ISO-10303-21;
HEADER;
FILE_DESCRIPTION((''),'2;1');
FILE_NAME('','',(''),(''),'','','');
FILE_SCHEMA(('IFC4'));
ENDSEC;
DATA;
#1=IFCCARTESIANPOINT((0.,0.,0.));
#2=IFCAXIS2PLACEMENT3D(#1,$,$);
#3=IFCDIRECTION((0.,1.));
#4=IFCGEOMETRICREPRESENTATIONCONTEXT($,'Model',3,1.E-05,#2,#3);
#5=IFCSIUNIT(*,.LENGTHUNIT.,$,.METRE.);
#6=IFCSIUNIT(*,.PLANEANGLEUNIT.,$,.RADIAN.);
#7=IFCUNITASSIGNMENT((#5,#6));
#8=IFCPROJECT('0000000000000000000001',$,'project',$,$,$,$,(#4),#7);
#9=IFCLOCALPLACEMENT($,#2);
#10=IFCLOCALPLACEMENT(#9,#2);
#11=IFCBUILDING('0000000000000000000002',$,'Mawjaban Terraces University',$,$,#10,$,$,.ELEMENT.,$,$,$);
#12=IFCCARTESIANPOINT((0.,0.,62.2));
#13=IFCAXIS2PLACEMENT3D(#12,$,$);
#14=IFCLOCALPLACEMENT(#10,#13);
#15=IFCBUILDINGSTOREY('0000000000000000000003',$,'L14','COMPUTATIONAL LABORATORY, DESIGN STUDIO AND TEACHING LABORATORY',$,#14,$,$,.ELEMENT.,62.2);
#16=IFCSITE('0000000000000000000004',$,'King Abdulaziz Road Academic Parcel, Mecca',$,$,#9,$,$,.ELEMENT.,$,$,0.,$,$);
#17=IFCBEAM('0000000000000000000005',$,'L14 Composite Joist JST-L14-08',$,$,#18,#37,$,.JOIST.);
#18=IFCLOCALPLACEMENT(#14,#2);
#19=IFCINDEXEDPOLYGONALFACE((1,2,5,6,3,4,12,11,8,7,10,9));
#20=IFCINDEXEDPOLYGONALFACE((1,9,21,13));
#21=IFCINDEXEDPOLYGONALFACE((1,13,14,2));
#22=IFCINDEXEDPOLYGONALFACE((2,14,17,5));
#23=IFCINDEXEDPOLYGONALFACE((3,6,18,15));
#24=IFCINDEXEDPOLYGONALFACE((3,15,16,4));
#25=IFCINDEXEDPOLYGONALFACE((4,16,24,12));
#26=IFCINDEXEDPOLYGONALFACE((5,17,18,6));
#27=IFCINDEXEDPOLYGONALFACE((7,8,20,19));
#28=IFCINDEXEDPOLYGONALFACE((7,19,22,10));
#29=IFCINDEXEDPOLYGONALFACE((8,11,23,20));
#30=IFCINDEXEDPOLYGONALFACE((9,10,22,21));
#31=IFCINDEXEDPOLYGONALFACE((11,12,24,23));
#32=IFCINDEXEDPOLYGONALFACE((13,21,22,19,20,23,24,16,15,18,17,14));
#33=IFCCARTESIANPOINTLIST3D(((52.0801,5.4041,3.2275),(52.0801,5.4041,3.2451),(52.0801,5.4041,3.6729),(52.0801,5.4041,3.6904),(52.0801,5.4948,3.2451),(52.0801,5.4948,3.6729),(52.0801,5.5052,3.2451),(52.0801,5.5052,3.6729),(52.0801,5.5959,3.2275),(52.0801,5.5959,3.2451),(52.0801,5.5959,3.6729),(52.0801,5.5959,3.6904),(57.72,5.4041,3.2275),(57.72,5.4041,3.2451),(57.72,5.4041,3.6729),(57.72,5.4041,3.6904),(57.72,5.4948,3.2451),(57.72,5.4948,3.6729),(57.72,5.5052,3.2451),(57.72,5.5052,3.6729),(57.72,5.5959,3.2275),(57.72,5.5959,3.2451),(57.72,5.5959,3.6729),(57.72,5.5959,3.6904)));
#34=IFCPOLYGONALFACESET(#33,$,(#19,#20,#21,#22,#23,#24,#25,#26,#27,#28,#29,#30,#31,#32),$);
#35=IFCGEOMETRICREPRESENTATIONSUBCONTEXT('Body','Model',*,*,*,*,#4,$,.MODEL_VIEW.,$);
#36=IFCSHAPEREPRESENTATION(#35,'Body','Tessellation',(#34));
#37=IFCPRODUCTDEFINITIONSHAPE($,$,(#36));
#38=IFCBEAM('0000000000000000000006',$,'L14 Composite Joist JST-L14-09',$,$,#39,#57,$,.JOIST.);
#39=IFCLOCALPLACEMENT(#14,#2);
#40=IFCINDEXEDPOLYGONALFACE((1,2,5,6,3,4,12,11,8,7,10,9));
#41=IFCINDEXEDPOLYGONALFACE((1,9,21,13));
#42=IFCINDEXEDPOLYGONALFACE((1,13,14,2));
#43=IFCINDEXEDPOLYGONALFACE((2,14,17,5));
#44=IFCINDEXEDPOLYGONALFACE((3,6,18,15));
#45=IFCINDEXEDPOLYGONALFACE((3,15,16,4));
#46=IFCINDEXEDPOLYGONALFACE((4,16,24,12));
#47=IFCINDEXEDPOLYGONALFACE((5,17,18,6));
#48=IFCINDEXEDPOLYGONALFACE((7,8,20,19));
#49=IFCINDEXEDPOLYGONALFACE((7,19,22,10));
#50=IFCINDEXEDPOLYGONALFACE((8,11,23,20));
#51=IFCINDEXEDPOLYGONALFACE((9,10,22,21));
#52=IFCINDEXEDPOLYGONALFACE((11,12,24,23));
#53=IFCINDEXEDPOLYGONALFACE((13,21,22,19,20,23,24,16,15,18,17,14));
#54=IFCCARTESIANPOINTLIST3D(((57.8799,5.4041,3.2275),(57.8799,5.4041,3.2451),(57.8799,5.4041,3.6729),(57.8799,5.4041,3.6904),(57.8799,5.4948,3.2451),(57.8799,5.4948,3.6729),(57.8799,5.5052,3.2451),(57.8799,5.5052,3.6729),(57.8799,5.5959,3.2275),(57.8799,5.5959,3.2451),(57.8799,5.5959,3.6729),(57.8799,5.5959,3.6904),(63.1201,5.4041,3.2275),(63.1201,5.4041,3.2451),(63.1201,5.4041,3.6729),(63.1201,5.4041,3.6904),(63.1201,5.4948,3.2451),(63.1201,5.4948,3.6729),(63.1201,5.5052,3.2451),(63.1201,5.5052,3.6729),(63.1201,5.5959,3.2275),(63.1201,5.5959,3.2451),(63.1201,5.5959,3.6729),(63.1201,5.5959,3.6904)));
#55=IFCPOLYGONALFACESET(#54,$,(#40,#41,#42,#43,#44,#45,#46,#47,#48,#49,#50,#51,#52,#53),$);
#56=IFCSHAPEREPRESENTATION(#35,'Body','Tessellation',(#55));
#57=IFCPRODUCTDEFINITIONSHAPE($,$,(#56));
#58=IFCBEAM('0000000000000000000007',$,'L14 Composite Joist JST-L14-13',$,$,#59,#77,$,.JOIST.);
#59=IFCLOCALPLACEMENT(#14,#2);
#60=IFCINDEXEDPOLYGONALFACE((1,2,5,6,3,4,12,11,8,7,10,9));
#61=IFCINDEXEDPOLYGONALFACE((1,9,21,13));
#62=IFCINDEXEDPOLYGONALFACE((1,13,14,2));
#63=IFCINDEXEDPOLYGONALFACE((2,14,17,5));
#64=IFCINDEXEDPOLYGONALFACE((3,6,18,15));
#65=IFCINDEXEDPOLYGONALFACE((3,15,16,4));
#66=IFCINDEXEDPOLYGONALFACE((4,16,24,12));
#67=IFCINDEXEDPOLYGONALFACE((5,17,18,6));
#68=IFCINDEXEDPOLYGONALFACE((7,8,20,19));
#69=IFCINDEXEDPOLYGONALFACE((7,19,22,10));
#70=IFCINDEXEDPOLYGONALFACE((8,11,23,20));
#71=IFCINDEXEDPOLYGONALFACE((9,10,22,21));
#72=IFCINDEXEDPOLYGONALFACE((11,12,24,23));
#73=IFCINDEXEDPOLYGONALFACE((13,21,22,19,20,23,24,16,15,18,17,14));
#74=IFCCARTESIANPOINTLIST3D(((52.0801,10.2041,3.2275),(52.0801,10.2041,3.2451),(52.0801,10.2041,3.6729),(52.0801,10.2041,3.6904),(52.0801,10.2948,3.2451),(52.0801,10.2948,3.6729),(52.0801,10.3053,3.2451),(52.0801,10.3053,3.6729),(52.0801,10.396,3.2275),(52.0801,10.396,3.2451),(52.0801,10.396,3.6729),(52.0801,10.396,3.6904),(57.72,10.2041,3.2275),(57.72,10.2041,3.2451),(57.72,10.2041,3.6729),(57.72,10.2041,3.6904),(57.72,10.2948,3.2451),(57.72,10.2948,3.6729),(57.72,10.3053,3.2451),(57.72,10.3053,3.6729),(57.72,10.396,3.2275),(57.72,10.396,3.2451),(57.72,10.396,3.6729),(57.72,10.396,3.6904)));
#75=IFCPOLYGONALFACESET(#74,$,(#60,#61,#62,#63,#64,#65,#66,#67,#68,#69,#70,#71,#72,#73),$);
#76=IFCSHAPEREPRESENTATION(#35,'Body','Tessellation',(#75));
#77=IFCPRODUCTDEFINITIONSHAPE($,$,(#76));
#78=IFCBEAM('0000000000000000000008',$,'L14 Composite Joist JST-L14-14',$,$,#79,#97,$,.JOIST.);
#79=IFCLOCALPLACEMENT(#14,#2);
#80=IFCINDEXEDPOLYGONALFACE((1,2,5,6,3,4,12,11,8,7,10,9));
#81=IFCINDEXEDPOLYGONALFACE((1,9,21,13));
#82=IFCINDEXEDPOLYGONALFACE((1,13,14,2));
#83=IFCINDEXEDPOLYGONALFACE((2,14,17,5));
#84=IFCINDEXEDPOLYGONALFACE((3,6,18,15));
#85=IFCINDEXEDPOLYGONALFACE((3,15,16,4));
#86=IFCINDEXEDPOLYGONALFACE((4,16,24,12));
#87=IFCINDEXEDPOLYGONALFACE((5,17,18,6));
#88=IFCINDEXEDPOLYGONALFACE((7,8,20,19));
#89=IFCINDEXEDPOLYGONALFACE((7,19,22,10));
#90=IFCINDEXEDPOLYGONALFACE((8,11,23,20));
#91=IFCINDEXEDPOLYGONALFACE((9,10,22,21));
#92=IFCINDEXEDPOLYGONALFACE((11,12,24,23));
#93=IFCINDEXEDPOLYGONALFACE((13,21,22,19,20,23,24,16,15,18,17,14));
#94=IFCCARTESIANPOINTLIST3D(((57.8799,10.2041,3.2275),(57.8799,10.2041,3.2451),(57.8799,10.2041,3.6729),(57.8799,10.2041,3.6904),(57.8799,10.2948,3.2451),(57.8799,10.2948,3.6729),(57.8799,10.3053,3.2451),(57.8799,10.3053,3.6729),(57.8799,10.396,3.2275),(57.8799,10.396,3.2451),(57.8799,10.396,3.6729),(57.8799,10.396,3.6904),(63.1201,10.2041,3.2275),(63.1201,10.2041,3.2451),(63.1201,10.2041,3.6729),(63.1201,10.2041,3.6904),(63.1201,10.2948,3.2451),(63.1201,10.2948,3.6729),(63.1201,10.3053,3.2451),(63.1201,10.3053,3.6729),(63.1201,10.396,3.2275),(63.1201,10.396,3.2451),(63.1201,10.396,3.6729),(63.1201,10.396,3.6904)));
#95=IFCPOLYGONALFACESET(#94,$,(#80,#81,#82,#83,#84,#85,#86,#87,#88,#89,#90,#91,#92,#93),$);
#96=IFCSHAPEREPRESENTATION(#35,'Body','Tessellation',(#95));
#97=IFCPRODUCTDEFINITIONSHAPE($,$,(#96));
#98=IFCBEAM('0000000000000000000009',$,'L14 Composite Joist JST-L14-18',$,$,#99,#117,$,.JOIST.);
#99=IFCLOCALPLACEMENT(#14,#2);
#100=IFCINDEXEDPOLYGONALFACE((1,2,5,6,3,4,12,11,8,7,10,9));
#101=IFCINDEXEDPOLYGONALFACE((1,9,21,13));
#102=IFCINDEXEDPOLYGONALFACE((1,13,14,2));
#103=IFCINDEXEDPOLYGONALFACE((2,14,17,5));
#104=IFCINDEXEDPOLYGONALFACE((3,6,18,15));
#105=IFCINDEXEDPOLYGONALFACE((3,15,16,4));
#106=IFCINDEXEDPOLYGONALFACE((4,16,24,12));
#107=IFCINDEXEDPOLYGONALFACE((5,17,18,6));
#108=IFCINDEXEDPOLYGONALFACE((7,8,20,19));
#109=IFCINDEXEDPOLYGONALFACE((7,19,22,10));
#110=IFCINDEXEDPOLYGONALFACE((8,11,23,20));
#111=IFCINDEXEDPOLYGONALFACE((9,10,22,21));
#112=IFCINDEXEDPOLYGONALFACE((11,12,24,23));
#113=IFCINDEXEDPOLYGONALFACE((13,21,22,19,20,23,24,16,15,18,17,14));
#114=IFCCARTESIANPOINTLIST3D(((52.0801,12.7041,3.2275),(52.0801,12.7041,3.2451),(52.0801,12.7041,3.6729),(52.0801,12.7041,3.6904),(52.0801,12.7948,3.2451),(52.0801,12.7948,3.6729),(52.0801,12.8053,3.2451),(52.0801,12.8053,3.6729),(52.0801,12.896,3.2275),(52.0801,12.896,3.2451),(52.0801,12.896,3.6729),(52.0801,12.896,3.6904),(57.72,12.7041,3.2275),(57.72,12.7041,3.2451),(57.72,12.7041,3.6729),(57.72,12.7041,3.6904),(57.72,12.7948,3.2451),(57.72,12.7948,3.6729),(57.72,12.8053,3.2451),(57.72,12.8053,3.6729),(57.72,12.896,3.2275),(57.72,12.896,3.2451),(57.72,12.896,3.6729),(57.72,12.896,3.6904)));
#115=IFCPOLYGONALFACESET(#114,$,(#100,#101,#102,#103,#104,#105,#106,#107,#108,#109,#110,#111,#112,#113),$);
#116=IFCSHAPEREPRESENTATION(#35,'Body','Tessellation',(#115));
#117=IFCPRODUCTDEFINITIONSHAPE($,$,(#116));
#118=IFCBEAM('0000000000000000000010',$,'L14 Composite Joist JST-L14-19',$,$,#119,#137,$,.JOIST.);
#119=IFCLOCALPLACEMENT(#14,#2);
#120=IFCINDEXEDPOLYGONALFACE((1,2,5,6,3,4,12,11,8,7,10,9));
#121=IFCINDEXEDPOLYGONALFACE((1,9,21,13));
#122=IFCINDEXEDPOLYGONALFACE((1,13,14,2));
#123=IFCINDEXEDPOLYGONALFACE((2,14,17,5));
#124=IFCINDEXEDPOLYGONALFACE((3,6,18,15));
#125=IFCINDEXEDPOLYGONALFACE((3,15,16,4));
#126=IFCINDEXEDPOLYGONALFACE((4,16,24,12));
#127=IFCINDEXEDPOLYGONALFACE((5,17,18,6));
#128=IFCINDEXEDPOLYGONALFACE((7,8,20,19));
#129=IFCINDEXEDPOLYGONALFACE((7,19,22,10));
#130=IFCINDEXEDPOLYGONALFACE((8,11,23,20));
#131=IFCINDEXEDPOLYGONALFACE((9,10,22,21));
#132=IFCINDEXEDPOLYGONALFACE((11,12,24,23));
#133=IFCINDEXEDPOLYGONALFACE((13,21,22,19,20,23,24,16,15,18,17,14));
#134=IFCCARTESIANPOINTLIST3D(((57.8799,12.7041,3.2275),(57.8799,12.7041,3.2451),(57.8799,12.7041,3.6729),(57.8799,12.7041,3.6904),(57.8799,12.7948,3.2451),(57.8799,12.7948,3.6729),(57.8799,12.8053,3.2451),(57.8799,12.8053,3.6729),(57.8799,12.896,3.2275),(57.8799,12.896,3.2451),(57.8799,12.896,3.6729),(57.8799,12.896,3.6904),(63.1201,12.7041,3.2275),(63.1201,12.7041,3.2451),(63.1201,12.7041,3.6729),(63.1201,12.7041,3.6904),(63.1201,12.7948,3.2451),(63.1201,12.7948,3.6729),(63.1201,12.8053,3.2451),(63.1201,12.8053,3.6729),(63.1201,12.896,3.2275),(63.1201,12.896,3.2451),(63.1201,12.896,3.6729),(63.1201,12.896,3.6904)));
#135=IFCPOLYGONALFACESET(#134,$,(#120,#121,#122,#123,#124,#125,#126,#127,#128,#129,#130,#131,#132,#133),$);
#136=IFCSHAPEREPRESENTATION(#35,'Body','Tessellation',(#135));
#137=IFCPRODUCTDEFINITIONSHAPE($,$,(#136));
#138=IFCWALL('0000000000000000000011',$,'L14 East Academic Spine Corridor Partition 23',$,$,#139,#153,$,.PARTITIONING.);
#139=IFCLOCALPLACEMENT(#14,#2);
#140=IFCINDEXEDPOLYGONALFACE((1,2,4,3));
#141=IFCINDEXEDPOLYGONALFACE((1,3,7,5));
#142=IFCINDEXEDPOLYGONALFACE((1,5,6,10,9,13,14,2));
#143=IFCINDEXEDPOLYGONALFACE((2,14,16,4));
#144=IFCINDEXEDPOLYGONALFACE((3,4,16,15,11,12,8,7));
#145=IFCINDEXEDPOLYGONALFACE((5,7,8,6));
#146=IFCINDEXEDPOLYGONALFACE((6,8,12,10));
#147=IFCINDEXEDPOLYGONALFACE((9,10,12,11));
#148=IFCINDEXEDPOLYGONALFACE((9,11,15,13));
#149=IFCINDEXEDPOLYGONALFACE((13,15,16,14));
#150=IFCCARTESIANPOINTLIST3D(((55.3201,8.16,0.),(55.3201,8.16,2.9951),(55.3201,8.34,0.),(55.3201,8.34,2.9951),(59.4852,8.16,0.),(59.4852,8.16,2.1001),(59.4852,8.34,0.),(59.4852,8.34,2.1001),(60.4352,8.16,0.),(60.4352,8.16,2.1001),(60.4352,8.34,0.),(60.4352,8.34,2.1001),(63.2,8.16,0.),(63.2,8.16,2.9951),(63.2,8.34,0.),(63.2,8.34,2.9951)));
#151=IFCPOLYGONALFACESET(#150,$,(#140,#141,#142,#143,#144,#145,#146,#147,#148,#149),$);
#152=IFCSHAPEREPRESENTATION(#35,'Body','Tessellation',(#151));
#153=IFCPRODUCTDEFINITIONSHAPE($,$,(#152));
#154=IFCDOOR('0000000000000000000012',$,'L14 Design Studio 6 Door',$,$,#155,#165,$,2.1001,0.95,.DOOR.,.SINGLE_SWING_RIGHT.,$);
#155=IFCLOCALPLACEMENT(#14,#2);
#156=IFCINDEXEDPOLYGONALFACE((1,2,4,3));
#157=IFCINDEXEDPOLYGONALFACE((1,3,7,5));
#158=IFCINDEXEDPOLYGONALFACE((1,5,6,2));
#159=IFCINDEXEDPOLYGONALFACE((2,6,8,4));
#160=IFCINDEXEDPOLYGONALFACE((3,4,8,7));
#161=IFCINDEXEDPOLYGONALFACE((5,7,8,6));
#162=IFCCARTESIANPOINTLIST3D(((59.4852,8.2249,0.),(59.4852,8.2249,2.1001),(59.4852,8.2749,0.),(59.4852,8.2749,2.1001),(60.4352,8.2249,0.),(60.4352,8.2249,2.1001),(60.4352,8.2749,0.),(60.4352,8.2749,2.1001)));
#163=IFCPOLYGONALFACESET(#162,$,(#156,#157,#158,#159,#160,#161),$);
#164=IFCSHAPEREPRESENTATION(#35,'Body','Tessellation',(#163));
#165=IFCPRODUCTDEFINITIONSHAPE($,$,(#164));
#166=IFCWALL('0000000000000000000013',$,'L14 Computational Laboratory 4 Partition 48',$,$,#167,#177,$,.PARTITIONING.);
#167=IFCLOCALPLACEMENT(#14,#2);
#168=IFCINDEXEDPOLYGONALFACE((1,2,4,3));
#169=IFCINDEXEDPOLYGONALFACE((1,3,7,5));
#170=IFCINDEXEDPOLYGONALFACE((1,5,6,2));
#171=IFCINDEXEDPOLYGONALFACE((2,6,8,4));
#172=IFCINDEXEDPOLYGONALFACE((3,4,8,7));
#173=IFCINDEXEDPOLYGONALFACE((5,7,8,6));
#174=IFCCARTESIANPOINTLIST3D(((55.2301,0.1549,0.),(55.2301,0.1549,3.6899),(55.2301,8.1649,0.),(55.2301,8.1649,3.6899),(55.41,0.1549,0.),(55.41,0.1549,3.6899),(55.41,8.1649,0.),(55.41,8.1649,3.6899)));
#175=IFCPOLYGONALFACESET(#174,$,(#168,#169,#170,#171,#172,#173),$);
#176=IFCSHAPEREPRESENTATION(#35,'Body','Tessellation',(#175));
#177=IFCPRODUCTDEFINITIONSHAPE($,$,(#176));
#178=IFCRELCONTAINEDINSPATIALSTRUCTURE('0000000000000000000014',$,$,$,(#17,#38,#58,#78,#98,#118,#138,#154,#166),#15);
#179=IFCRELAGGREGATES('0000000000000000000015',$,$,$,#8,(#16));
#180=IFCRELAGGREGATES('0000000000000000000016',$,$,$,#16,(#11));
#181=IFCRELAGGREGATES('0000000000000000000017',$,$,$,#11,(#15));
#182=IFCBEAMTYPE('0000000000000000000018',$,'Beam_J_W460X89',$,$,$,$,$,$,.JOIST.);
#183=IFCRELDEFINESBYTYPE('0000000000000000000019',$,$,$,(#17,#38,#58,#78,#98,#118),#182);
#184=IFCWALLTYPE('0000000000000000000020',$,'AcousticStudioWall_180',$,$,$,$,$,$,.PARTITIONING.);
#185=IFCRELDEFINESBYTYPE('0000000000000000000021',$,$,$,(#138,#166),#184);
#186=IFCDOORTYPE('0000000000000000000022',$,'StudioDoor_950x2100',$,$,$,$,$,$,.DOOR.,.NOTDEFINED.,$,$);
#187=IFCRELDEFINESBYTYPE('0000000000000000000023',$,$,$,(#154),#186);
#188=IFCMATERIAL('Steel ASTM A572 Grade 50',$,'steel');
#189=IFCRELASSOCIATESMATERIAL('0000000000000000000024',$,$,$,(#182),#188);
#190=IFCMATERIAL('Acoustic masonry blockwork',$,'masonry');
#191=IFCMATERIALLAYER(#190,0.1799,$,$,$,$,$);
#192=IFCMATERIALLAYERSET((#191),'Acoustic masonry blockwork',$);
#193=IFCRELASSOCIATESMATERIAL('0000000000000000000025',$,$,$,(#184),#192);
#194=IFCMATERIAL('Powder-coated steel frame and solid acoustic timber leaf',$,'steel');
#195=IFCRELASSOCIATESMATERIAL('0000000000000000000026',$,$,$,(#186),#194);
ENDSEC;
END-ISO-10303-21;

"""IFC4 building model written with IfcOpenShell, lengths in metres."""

from ifc_helpers import new_model, si_unit, direction, frame, frame_2d, origin, origin_2d, place, context, subcontext, project, spatial, rectangle, i_section, extrude, material, layer, layer_set, material_profile, profile_set, type_object, element, fill, save


model = new_model("IFC4")

# Units and contexts
model_context = context("Model", 3, precision=1e-05, world=origin(), true_north=direction((0.0, 1.0)))
body_context = subcontext(model_context, "Body", "Model", "MODEL_VIEW")
ifc_project = project(units=[si_unit("LENGTHUNIT", "METRE"), si_unit("PLANEANGLEUNIT", "RADIAN")], contexts=[model_context])

# Site, building, storey
site_placement = place(None, origin())
site = spatial("IfcSite", under=ifc_project, at=site_placement, Name="King Abdulaziz Road Academic Parcel, Mecca", CompositionType="ELEMENT", RefElevation=0.0)
building_placement = place(site_placement, origin())
building = spatial("IfcBuilding", under=site, at=building_placement, Name="Mawjaban Terraces University", CompositionType="ELEMENT")
storey_placement = place(building_placement, frame((0.0, 0.0, 62.2)))
storey = spatial("IfcBuildingStorey", under=building, at=storey_placement, Name="L14", Description="COMPUTATIONAL LABORATORY, DESIGN STUDIO AND TEACHING LABORATORY", CompositionType="ELEMENT", Elevation=62.2)

# Beams
ifc_material_1 = material(Name="Steel ASTM A572 Grade 50", Category="steel")
ifc_material_profile_1 = material_profile(ifc_material_1, i_section(OverallWidth=0.1919, OverallDepth=0.4629, WebThickness=0.0105, FlangeThickness=0.0176, at=origin_2d()), Name="W460X89")
ifc_profile_set_1 = profile_set([ifc_material_profile_1], Name="Steel ASTM A572 Grade 50")
beam_type_1 = type_object("IfcBeamType", Name="Beam_J_W460X89", PredefinedType="JOIST", material=ifc_profile_set_1)
beam_1_placement = place(storey_placement, frame((52.0801, 5.5, 3.459), z_axis=(1.0, 0.0, 0.0), x_axis=(0.0, 1.0, 0.0)))
element("IfcBeam", 1, at=beam_1_placement, inside=storey, type_object=beam_type_1, Name="L14 Composite Joist JST-L14-08", PredefinedType="JOIST", context=body_context, shape_type="SweptSolid", body=[
    extrude(i_section(OverallWidth=0.1919, OverallDepth=0.4629, WebThickness=0.0105, FlangeThickness=0.0176, at=origin_2d()), origin(), (0.0, 0.0, 1.0), 5.6399),
])
beam_2_placement = place(storey_placement, frame((57.8799, 5.5, 3.459), z_axis=(1.0, 0.0, 0.0), x_axis=(0.0, 1.0, 0.0)))
element("IfcBeam", 2, at=beam_2_placement, inside=storey, type_object=beam_type_1, Name="L14 Composite Joist JST-L14-09", PredefinedType="JOIST", context=body_context, shape_type="SweptSolid", body=[
    extrude(i_section(OverallWidth=0.1919, OverallDepth=0.4629, WebThickness=0.0105, FlangeThickness=0.0176, at=origin_2d()), origin(), (0.0, 0.0, 1.0), 5.2402),
])
beam_3_placement = place(storey_placement, frame((52.0801, 10.3, 3.459), z_axis=(1.0, 0.0, 0.0), x_axis=(0.0, 1.0, 0.0)))
element("IfcBeam", 3, at=beam_3_placement, inside=storey, type_object=beam_type_1, Name="L14 Composite Joist JST-L14-13", PredefinedType="JOIST", context=body_context, shape_type="SweptSolid", body=[
    extrude(i_section(OverallWidth=0.1919, OverallDepth=0.4629, WebThickness=0.0105, FlangeThickness=0.0176, at=origin_2d()), origin(), (0.0, 0.0, 1.0), 5.6399),
])
beam_4_placement = place(storey_placement, frame((57.8799, 10.3, 3.459), z_axis=(1.0, 0.0, 0.0), x_axis=(0.0, 1.0, 0.0)))
element("IfcBeam", 4, at=beam_4_placement, inside=storey, type_object=beam_type_1, Name="L14 Composite Joist JST-L14-14", PredefinedType="JOIST", context=body_context, shape_type="SweptSolid", body=[
    extrude(i_section(OverallWidth=0.1919, OverallDepth=0.4629, WebThickness=0.0105, FlangeThickness=0.0176, at=origin_2d()), origin(), (0.0, 0.0, 1.0), 5.2402),
])
beam_5_placement = place(storey_placement, frame((52.0801, 12.8, 3.459), z_axis=(1.0, 0.0, 0.0), x_axis=(0.0, 1.0, 0.0)))
element("IfcBeam", 5, at=beam_5_placement, inside=storey, type_object=beam_type_1, Name="L14 Composite Joist JST-L14-18", PredefinedType="JOIST", context=body_context, shape_type="SweptSolid", body=[
    extrude(i_section(OverallWidth=0.1919, OverallDepth=0.4629, WebThickness=0.0105, FlangeThickness=0.0176, at=origin_2d()), origin(), (0.0, 0.0, 1.0), 5.6399),
])
beam_6_placement = place(storey_placement, frame((57.8799, 12.8, 3.459), z_axis=(1.0, 0.0, 0.0), x_axis=(0.0, 1.0, 0.0)))
element("IfcBeam", 6, at=beam_6_placement, inside=storey, type_object=beam_type_1, Name="L14 Composite Joist JST-L14-19", PredefinedType="JOIST", context=body_context, shape_type="SweptSolid", body=[
    extrude(i_section(OverallWidth=0.1919, OverallDepth=0.4629, WebThickness=0.0105, FlangeThickness=0.0176, at=origin_2d()), origin(), (0.0, 0.0, 1.0), 5.2402),
])

# Wall, opening, door
ifc_material_2 = material(Name="Acoustic masonry blockwork", Category="masonry")
ifc_layer_1 = layer(ifc_material_2, 0.1799)
ifc_layer_set_1 = layer_set([ifc_layer_1], Name="Acoustic masonry blockwork")
wall_type_1 = type_object("IfcWallType", Name="AcousticStudioWall_180", PredefinedType="PARTITIONING", material=ifc_layer_set_1)
wall_1_placement = place(storey_placement, frame((55.3201, 8.25, 0.0), z_axis=(0.0, 0.0, 1.0), x_axis=(1.0, 0.0, 0.0)))
wall_1 = element("IfcWall", 7, at=wall_1_placement, inside=storey, type_object=wall_type_1, Name="L14 East Academic Spine Corridor Partition 23", PredefinedType="PARTITIONING", context=body_context, shape_type="SweptSolid", body=[
    extrude(rectangle(XDim=7.8799, YDim=0.1799, at=frame_2d((3.9399, 0.0))), origin(), (0.0, 0.0, 1.0), 2.9951),
])
opening_1_placement = place(wall_1_placement, frame((4.165, 0.0, 0.0)))
opening_1 = element("IfcOpeningElement", 8, at=opening_1_placement, cuts=wall_1, PredefinedType="OPENING", context=body_context, shape_type="SweptSolid", body=[
    extrude(rectangle(XDim=0.95, YDim=2.1001, at=frame_2d((0.4751, 1.05))), frame((0.0, 0.0999, 0.0), z_axis=(0.0, -1.0, 0.0), x_axis=(1.0, 0.0, 0.0)), (0.0, 0.0, 1.0), 0.2),
])
ifc_material_3 = material(Name="Powder-coated steel frame and solid acoustic timber leaf", Category="steel")
door_type_1 = type_object("IfcDoorType", Name="StudioDoor_950x2100", OperationType="NOTDEFINED", PredefinedType="DOOR", material=ifc_material_3)
door_1_placement = place(opening_1_placement, origin())
door_1 = element("IfcDoor", 9, at=door_1_placement, inside=storey, type_object=door_type_1, Name="L14 Design Studio 6 Door", OperationType="SINGLE_SWING_RIGHT", OverallHeight=2.1001, OverallWidth=0.95, PredefinedType="DOOR", context=body_context, shape_type="SweptSolid", body=[
    extrude(rectangle(XDim=0.95, YDim=2.1001, at=frame_2d((0.4751, 1.05))), frame((0.0, 0.0249, 0.0), z_axis=(0.0, -1.0, 0.0), x_axis=(1.0, 0.0, 0.0)), (0.0, 0.0, 1.0), 0.05),
])
fill(opening_1, door_1)

# Wall
wall_2_placement = place(storey_placement, frame((55.3201, 0.155, 0.0), z_axis=(0.0, 0.0, 1.0), x_axis=(0.0, 1.0, 0.0)))
element("IfcWall", 10, at=wall_2_placement, inside=storey, type_object=wall_type_1, Name="L14 Computational Laboratory 4 Partition 48", PredefinedType="PARTITIONING", context=body_context, shape_type="SweptSolid", body=[
    extrude(rectangle(XDim=8.01, YDim=0.1799, at=frame_2d((4.0049, 0.0))), origin(), (0.0, 0.0, 1.0), 3.6899),
])

save(model, "model.ifc")
